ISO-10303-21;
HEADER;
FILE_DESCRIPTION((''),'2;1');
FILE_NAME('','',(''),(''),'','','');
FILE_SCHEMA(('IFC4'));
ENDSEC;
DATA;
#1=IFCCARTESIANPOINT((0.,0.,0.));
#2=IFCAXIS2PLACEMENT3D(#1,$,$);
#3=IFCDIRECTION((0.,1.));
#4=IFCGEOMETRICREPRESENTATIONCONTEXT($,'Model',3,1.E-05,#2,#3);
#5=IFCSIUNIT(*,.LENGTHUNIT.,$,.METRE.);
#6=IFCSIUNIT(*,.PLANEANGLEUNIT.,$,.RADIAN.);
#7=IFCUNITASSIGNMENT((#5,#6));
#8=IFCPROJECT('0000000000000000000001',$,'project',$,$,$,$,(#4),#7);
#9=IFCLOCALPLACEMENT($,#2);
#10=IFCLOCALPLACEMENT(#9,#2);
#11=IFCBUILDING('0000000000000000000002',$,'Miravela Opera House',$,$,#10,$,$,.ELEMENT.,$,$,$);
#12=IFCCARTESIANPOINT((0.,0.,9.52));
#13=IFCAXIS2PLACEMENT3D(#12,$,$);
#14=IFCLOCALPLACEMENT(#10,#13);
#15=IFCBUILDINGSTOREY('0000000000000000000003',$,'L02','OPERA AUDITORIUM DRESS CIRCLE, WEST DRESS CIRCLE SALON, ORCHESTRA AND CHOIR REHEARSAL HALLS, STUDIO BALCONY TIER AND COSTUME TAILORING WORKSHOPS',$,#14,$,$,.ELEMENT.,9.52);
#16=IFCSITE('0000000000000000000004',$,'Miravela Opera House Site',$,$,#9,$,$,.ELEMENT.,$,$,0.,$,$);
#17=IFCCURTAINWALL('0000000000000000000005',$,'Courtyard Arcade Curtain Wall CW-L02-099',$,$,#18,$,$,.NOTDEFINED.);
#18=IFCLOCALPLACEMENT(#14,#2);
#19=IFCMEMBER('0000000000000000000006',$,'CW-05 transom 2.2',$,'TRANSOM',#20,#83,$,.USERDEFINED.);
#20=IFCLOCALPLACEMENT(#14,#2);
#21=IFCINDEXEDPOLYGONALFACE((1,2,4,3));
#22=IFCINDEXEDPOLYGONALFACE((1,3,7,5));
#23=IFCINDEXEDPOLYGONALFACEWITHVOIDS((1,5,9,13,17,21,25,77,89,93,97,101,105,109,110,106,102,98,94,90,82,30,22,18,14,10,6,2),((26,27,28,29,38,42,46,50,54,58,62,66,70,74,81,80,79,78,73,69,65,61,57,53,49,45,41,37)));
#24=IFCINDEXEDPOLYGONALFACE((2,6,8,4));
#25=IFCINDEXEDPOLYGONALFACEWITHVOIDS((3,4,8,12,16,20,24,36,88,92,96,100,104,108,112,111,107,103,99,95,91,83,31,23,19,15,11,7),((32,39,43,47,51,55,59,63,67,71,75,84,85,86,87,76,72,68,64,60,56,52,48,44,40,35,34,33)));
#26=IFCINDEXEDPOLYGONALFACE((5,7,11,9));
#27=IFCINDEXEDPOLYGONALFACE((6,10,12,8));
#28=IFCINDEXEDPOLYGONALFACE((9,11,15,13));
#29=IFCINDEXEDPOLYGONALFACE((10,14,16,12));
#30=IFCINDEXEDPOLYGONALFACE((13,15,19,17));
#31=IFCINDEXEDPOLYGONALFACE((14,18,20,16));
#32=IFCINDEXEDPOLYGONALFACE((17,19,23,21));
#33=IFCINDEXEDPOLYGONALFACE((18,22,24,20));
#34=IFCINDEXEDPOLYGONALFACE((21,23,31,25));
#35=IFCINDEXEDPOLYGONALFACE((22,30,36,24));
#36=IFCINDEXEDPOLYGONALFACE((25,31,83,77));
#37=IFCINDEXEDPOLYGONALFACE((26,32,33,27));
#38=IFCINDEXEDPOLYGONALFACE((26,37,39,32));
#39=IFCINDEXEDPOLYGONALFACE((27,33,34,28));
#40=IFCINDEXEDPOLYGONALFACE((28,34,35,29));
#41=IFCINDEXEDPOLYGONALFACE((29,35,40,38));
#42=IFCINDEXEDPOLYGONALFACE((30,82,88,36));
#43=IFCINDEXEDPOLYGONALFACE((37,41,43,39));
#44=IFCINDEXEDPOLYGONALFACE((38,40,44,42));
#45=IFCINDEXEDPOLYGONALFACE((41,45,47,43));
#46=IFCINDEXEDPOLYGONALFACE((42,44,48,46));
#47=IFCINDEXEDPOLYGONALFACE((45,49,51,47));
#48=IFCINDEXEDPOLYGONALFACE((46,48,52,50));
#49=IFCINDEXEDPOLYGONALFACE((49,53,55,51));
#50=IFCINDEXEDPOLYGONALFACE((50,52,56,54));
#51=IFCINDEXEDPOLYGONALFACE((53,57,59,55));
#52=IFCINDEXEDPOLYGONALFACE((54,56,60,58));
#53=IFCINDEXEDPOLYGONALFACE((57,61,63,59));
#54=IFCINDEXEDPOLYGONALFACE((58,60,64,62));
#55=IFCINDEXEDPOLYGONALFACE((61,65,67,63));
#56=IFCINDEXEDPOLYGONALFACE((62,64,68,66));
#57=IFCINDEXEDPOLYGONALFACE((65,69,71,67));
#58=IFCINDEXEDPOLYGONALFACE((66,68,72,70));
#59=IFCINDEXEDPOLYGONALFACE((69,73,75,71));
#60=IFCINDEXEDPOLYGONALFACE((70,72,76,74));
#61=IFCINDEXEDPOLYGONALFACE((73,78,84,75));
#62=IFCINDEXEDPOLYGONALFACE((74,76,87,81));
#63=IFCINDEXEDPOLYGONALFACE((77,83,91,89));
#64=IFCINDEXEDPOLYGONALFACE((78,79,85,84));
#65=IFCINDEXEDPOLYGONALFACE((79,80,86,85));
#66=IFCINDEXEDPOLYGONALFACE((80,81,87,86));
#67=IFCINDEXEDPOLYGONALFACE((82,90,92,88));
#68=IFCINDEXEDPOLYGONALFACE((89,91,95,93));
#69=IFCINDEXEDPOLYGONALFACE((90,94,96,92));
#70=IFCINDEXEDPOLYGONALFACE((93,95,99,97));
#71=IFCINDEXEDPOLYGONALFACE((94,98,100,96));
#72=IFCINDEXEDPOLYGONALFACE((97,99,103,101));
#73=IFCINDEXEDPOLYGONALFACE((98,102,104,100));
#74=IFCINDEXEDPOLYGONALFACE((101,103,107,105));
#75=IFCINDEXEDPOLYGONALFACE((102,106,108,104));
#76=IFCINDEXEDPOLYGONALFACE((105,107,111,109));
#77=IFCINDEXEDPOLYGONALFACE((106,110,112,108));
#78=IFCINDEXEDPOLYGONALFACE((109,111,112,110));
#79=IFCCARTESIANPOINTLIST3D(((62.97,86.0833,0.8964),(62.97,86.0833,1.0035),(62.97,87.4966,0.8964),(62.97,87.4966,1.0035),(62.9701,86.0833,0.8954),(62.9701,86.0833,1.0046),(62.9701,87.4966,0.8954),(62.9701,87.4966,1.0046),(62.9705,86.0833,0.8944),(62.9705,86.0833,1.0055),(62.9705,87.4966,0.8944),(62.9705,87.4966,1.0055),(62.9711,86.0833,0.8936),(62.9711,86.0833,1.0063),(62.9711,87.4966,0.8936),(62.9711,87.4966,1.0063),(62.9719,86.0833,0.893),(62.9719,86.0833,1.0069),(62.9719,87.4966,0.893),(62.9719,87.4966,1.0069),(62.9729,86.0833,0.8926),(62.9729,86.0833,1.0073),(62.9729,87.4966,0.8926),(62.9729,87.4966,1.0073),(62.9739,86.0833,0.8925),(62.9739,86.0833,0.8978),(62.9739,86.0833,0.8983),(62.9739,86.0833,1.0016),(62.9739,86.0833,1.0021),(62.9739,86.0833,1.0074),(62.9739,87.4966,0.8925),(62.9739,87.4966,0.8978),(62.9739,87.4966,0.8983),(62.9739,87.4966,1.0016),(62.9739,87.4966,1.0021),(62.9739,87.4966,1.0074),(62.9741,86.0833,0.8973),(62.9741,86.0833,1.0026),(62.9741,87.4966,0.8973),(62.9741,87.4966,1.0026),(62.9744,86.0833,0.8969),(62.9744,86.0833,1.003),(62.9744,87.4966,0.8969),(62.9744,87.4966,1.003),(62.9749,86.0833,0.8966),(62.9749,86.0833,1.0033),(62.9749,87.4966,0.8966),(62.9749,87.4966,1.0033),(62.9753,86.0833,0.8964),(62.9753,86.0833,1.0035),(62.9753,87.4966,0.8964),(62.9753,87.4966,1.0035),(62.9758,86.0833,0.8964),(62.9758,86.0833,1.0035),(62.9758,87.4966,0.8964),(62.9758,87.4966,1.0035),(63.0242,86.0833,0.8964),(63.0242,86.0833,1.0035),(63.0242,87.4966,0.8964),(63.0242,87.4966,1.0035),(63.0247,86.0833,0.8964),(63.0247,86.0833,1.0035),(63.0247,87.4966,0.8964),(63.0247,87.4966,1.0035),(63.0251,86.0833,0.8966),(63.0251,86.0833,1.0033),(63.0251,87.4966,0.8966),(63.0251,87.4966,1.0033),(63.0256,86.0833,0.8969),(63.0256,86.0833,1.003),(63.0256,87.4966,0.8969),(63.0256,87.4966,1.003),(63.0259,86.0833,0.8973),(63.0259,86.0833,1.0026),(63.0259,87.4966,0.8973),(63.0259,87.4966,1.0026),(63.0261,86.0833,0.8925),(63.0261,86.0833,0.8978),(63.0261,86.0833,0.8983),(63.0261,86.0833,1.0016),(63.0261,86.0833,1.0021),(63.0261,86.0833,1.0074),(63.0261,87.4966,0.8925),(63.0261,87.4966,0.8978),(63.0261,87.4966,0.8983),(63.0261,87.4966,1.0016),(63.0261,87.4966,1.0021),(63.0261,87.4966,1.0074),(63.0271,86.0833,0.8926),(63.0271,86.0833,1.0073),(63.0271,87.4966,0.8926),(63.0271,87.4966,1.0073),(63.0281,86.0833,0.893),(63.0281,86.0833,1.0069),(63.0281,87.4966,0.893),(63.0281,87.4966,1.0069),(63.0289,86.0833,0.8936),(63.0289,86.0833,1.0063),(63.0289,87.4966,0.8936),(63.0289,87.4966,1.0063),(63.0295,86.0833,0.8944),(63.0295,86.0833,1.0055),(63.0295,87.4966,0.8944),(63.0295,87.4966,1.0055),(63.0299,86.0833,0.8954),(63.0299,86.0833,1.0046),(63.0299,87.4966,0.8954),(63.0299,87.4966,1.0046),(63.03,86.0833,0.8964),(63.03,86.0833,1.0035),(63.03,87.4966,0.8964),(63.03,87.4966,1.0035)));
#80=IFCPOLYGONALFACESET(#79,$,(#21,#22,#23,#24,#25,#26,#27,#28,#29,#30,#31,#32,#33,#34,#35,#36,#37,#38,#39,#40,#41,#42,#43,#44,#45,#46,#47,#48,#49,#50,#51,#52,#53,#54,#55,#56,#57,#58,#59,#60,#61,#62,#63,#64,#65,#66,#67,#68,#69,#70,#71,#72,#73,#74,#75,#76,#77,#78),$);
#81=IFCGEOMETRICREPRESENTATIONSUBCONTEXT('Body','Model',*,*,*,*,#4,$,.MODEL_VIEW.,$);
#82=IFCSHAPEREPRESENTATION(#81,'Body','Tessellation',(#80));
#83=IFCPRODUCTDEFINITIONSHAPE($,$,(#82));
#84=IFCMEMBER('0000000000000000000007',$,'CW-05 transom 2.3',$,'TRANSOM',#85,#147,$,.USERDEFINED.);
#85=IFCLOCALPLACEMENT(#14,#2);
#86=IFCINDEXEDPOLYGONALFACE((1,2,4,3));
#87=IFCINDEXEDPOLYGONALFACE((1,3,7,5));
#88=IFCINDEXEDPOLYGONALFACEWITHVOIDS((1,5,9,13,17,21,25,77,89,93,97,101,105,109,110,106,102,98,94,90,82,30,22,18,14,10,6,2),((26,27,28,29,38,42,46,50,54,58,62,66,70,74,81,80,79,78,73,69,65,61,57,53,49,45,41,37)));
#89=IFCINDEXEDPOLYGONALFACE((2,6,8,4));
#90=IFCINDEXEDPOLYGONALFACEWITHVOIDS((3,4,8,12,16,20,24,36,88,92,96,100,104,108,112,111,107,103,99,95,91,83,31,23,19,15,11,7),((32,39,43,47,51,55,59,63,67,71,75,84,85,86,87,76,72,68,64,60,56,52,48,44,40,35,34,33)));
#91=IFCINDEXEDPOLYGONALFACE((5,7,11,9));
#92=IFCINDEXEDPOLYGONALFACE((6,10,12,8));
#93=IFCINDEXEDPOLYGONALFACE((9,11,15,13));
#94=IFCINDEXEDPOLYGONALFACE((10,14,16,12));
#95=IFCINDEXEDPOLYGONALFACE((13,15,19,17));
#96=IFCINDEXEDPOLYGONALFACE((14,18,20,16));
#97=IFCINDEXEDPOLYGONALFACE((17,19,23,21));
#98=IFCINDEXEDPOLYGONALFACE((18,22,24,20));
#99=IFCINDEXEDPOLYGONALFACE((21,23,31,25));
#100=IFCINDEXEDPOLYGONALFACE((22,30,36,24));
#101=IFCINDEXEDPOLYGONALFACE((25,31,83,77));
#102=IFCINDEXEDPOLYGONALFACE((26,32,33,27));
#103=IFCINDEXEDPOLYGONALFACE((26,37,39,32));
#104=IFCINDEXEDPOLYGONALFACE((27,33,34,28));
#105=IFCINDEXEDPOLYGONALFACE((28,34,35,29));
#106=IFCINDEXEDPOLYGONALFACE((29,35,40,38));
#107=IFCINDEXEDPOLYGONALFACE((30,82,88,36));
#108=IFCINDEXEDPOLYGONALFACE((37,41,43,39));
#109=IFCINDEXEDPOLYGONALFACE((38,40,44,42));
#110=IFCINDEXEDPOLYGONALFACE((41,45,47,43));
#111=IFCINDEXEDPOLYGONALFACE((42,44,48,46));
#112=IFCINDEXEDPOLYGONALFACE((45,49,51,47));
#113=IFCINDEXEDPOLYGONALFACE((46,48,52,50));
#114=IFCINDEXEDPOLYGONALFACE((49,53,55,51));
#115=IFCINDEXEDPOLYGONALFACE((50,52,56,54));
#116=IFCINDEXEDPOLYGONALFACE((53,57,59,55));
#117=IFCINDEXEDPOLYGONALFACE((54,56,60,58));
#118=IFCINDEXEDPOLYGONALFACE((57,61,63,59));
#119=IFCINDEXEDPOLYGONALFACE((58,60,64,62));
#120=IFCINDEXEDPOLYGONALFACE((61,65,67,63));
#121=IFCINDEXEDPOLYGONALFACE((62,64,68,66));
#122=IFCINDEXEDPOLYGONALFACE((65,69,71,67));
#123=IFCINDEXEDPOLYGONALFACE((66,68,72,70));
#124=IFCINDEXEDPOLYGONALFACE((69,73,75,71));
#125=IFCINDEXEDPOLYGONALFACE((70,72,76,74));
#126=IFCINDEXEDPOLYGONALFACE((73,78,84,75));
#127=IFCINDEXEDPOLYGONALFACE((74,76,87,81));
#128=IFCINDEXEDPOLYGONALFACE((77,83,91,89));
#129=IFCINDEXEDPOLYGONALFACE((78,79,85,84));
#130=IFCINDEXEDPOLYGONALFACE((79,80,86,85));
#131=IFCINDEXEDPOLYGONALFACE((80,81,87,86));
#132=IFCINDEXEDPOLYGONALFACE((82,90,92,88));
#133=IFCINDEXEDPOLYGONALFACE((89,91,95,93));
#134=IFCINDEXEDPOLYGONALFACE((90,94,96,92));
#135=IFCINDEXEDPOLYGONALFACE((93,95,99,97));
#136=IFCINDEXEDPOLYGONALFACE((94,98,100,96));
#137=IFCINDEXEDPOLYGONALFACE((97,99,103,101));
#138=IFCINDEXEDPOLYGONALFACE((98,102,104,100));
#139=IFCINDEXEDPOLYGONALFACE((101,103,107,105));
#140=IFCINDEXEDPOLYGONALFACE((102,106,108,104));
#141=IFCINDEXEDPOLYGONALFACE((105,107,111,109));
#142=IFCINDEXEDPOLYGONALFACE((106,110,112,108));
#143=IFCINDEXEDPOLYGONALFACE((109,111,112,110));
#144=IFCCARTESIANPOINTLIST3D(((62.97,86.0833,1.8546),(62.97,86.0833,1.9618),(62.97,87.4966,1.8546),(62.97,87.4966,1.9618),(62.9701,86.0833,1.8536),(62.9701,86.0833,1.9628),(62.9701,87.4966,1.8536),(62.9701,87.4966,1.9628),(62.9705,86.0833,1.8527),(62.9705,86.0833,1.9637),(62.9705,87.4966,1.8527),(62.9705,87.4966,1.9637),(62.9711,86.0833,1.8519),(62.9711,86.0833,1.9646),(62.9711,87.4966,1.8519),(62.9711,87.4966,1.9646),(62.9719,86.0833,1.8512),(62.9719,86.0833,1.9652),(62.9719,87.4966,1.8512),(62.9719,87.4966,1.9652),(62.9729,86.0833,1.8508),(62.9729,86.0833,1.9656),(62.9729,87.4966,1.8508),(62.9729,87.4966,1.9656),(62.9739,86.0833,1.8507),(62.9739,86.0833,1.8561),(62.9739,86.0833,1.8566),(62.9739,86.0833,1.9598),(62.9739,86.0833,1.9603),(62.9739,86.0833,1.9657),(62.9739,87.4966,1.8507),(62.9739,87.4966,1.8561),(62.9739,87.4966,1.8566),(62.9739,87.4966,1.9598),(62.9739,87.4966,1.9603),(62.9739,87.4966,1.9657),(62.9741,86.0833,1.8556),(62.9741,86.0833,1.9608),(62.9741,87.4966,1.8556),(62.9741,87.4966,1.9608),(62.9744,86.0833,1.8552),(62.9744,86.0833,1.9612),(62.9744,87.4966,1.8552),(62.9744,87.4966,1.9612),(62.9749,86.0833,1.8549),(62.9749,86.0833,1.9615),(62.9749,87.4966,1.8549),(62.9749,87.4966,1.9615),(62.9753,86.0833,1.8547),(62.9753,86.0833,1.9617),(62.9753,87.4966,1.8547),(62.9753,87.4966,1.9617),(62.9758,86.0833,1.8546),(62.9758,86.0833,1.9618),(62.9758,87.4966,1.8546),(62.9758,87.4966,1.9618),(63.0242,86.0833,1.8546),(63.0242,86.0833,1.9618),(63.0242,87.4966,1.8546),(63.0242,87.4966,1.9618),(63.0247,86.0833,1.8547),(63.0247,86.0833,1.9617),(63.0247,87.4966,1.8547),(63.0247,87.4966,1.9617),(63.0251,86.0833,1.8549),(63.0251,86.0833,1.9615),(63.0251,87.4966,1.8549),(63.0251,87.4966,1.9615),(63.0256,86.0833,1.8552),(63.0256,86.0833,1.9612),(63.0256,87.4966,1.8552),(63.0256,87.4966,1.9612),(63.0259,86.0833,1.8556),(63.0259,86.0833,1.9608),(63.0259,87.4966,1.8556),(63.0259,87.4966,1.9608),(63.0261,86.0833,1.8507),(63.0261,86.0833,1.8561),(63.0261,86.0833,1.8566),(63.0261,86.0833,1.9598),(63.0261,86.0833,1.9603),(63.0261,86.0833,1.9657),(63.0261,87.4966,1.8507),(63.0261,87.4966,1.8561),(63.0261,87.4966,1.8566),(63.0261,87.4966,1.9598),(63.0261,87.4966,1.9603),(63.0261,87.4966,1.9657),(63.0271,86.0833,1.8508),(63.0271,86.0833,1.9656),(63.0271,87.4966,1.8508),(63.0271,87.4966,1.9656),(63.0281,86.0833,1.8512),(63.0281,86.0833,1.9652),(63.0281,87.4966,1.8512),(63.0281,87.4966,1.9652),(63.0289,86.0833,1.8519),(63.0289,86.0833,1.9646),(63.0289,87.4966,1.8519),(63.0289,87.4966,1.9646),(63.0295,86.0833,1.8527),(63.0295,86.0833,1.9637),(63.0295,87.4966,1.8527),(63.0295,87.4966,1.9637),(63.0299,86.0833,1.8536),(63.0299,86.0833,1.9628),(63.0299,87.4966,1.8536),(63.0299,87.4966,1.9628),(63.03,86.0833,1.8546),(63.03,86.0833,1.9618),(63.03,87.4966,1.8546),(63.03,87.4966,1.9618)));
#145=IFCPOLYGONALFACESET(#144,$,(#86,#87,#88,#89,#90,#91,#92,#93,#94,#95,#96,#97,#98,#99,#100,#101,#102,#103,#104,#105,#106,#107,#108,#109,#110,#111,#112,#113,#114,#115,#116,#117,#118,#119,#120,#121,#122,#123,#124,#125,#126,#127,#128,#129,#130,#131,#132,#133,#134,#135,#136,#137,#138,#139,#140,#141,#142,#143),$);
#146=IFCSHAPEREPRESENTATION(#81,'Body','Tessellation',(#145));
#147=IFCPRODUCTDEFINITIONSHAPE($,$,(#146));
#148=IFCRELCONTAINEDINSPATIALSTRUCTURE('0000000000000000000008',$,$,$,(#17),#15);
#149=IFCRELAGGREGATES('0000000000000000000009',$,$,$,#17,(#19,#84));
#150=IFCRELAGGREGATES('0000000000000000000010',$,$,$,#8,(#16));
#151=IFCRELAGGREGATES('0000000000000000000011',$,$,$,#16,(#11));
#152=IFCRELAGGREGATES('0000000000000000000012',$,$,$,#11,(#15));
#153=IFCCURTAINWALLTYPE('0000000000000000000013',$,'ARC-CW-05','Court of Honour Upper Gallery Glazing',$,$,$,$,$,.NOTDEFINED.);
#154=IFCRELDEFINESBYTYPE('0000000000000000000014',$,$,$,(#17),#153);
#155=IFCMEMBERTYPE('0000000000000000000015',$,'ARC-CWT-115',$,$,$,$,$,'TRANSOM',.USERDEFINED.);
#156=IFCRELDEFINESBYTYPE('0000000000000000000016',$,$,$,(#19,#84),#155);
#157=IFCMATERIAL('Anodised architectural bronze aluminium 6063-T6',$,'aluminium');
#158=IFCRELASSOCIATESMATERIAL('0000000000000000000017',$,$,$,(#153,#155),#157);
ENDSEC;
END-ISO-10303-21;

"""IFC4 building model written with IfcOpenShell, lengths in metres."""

from ifc_helpers import new_model, si_unit, direction, frame, origin, origin_2d, place, context, subcontext, project, spatial, hollow_rectangle, extrude, material, material_profile, profile_set, type_object, element, aggregate, save


model = new_model("IFC4")

# Units and contexts
model_context = context("Model", 3, precision=1e-05, world=origin(), true_north=direction((0.0, 1.0)))
body_context = subcontext(model_context, "Body", "Model", "MODEL_VIEW")
ifc_project = project(units=[si_unit("LENGTHUNIT", "METRE"), si_unit("PLANEANGLEUNIT", "RADIAN")], contexts=[model_context])

# Site, building, storey
site_placement = place(None, origin())
site = spatial("IfcSite", under=ifc_project, at=site_placement, Name="Miravela Opera House Site", CompositionType="ELEMENT", RefElevation=0.0)
building_placement = place(site_placement, origin())
building = spatial("IfcBuilding", under=site, at=building_placement, Name="Miravela Opera House", CompositionType="ELEMENT")
storey_placement = place(building_placement, frame((0.0, 0.0, 9.52)))
storey = spatial("IfcBuildingStorey", under=building, at=storey_placement, Name="L02", Description="OPERA AUDITORIUM DRESS CIRCLE, WEST DRESS CIRCLE SALON, ORCHESTRA AND CHOIR REHEARSAL HALLS, STUDIO BALCONY TIER AND COSTUME TAILORING WORKSHOPS", CompositionType="ELEMENT", Elevation=9.52)

# Curtain wall, members
ifc_material_1 = material(Name="Anodised architectural bronze aluminium 6063-T6", Category="aluminium")
curtain_wall_type = type_object("IfcCurtainWallType", Name="ARC-CW-05", Description="Court of Honour Upper Gallery Glazing", PredefinedType="NOTDEFINED", material=ifc_material_1)
curtain_wall_placement = place(storey_placement, origin())
curtain_wall = element("IfcCurtainWall", 1, at=curtain_wall_placement, inside=storey, type_object=curtain_wall_type, Name="Courtyard Arcade Curtain Wall CW-L02-099", PredefinedType="NOTDEFINED")
ifc_material_profile_1 = material_profile(ifc_material_1, hollow_rectangle(XDim=0.0601, YDim=0.115, WallThickness=0.0039, InnerFilletRadius=0.002, OuterFilletRadius=0.0039, at=origin_2d()), Name="CWT-60X115")
ifc_profile_set_1 = profile_set([ifc_material_profile_1])
member_type_1 = type_object("IfcMemberType", Name="ARC-CWT-115", ElementType="TRANSOM", PredefinedType="USERDEFINED", material=ifc_profile_set_1)
member_1_placement = place(storey_placement, frame((63.0, 86.0833, 0.95), z_axis=(0.0, 1.0, 0.0), x_axis=(-1.0, 0.0, 0.0)))
member_1 = element("IfcMember", 2, at=member_1_placement, type_object=member_type_1, Name="CW-05 transom 2.2", ObjectType="TRANSOM", PredefinedType="USERDEFINED", context=body_context, shape_type="SweptSolid", body=[
    extrude(hollow_rectangle(XDim=0.0601, YDim=0.115, WallThickness=0.0039, InnerFilletRadius=0.002, OuterFilletRadius=0.0039, at=origin_2d()), origin(), (0.0, 0.0, 1.0), 1.4133),
])
member_2_placement = place(storey_placement, frame((63.0, 86.0833, 1.9082), z_axis=(0.0, 1.0, 0.0), x_axis=(-1.0, 0.0, 0.0)))
member_2 = element("IfcMember", 3, at=member_2_placement, type_object=member_type_1, Name="CW-05 transom 2.3", ObjectType="TRANSOM", PredefinedType="USERDEFINED", context=body_context, shape_type="SweptSolid", body=[
    extrude(hollow_rectangle(XDim=0.0601, YDim=0.115, WallThickness=0.0039, InnerFilletRadius=0.002, OuterFilletRadius=0.0039, at=origin_2d()), origin(), (0.0, 0.0, 1.0), 1.4133),
])
aggregate(curtain_wall, [member_1, member_2])

save(model, "model.ifc")
